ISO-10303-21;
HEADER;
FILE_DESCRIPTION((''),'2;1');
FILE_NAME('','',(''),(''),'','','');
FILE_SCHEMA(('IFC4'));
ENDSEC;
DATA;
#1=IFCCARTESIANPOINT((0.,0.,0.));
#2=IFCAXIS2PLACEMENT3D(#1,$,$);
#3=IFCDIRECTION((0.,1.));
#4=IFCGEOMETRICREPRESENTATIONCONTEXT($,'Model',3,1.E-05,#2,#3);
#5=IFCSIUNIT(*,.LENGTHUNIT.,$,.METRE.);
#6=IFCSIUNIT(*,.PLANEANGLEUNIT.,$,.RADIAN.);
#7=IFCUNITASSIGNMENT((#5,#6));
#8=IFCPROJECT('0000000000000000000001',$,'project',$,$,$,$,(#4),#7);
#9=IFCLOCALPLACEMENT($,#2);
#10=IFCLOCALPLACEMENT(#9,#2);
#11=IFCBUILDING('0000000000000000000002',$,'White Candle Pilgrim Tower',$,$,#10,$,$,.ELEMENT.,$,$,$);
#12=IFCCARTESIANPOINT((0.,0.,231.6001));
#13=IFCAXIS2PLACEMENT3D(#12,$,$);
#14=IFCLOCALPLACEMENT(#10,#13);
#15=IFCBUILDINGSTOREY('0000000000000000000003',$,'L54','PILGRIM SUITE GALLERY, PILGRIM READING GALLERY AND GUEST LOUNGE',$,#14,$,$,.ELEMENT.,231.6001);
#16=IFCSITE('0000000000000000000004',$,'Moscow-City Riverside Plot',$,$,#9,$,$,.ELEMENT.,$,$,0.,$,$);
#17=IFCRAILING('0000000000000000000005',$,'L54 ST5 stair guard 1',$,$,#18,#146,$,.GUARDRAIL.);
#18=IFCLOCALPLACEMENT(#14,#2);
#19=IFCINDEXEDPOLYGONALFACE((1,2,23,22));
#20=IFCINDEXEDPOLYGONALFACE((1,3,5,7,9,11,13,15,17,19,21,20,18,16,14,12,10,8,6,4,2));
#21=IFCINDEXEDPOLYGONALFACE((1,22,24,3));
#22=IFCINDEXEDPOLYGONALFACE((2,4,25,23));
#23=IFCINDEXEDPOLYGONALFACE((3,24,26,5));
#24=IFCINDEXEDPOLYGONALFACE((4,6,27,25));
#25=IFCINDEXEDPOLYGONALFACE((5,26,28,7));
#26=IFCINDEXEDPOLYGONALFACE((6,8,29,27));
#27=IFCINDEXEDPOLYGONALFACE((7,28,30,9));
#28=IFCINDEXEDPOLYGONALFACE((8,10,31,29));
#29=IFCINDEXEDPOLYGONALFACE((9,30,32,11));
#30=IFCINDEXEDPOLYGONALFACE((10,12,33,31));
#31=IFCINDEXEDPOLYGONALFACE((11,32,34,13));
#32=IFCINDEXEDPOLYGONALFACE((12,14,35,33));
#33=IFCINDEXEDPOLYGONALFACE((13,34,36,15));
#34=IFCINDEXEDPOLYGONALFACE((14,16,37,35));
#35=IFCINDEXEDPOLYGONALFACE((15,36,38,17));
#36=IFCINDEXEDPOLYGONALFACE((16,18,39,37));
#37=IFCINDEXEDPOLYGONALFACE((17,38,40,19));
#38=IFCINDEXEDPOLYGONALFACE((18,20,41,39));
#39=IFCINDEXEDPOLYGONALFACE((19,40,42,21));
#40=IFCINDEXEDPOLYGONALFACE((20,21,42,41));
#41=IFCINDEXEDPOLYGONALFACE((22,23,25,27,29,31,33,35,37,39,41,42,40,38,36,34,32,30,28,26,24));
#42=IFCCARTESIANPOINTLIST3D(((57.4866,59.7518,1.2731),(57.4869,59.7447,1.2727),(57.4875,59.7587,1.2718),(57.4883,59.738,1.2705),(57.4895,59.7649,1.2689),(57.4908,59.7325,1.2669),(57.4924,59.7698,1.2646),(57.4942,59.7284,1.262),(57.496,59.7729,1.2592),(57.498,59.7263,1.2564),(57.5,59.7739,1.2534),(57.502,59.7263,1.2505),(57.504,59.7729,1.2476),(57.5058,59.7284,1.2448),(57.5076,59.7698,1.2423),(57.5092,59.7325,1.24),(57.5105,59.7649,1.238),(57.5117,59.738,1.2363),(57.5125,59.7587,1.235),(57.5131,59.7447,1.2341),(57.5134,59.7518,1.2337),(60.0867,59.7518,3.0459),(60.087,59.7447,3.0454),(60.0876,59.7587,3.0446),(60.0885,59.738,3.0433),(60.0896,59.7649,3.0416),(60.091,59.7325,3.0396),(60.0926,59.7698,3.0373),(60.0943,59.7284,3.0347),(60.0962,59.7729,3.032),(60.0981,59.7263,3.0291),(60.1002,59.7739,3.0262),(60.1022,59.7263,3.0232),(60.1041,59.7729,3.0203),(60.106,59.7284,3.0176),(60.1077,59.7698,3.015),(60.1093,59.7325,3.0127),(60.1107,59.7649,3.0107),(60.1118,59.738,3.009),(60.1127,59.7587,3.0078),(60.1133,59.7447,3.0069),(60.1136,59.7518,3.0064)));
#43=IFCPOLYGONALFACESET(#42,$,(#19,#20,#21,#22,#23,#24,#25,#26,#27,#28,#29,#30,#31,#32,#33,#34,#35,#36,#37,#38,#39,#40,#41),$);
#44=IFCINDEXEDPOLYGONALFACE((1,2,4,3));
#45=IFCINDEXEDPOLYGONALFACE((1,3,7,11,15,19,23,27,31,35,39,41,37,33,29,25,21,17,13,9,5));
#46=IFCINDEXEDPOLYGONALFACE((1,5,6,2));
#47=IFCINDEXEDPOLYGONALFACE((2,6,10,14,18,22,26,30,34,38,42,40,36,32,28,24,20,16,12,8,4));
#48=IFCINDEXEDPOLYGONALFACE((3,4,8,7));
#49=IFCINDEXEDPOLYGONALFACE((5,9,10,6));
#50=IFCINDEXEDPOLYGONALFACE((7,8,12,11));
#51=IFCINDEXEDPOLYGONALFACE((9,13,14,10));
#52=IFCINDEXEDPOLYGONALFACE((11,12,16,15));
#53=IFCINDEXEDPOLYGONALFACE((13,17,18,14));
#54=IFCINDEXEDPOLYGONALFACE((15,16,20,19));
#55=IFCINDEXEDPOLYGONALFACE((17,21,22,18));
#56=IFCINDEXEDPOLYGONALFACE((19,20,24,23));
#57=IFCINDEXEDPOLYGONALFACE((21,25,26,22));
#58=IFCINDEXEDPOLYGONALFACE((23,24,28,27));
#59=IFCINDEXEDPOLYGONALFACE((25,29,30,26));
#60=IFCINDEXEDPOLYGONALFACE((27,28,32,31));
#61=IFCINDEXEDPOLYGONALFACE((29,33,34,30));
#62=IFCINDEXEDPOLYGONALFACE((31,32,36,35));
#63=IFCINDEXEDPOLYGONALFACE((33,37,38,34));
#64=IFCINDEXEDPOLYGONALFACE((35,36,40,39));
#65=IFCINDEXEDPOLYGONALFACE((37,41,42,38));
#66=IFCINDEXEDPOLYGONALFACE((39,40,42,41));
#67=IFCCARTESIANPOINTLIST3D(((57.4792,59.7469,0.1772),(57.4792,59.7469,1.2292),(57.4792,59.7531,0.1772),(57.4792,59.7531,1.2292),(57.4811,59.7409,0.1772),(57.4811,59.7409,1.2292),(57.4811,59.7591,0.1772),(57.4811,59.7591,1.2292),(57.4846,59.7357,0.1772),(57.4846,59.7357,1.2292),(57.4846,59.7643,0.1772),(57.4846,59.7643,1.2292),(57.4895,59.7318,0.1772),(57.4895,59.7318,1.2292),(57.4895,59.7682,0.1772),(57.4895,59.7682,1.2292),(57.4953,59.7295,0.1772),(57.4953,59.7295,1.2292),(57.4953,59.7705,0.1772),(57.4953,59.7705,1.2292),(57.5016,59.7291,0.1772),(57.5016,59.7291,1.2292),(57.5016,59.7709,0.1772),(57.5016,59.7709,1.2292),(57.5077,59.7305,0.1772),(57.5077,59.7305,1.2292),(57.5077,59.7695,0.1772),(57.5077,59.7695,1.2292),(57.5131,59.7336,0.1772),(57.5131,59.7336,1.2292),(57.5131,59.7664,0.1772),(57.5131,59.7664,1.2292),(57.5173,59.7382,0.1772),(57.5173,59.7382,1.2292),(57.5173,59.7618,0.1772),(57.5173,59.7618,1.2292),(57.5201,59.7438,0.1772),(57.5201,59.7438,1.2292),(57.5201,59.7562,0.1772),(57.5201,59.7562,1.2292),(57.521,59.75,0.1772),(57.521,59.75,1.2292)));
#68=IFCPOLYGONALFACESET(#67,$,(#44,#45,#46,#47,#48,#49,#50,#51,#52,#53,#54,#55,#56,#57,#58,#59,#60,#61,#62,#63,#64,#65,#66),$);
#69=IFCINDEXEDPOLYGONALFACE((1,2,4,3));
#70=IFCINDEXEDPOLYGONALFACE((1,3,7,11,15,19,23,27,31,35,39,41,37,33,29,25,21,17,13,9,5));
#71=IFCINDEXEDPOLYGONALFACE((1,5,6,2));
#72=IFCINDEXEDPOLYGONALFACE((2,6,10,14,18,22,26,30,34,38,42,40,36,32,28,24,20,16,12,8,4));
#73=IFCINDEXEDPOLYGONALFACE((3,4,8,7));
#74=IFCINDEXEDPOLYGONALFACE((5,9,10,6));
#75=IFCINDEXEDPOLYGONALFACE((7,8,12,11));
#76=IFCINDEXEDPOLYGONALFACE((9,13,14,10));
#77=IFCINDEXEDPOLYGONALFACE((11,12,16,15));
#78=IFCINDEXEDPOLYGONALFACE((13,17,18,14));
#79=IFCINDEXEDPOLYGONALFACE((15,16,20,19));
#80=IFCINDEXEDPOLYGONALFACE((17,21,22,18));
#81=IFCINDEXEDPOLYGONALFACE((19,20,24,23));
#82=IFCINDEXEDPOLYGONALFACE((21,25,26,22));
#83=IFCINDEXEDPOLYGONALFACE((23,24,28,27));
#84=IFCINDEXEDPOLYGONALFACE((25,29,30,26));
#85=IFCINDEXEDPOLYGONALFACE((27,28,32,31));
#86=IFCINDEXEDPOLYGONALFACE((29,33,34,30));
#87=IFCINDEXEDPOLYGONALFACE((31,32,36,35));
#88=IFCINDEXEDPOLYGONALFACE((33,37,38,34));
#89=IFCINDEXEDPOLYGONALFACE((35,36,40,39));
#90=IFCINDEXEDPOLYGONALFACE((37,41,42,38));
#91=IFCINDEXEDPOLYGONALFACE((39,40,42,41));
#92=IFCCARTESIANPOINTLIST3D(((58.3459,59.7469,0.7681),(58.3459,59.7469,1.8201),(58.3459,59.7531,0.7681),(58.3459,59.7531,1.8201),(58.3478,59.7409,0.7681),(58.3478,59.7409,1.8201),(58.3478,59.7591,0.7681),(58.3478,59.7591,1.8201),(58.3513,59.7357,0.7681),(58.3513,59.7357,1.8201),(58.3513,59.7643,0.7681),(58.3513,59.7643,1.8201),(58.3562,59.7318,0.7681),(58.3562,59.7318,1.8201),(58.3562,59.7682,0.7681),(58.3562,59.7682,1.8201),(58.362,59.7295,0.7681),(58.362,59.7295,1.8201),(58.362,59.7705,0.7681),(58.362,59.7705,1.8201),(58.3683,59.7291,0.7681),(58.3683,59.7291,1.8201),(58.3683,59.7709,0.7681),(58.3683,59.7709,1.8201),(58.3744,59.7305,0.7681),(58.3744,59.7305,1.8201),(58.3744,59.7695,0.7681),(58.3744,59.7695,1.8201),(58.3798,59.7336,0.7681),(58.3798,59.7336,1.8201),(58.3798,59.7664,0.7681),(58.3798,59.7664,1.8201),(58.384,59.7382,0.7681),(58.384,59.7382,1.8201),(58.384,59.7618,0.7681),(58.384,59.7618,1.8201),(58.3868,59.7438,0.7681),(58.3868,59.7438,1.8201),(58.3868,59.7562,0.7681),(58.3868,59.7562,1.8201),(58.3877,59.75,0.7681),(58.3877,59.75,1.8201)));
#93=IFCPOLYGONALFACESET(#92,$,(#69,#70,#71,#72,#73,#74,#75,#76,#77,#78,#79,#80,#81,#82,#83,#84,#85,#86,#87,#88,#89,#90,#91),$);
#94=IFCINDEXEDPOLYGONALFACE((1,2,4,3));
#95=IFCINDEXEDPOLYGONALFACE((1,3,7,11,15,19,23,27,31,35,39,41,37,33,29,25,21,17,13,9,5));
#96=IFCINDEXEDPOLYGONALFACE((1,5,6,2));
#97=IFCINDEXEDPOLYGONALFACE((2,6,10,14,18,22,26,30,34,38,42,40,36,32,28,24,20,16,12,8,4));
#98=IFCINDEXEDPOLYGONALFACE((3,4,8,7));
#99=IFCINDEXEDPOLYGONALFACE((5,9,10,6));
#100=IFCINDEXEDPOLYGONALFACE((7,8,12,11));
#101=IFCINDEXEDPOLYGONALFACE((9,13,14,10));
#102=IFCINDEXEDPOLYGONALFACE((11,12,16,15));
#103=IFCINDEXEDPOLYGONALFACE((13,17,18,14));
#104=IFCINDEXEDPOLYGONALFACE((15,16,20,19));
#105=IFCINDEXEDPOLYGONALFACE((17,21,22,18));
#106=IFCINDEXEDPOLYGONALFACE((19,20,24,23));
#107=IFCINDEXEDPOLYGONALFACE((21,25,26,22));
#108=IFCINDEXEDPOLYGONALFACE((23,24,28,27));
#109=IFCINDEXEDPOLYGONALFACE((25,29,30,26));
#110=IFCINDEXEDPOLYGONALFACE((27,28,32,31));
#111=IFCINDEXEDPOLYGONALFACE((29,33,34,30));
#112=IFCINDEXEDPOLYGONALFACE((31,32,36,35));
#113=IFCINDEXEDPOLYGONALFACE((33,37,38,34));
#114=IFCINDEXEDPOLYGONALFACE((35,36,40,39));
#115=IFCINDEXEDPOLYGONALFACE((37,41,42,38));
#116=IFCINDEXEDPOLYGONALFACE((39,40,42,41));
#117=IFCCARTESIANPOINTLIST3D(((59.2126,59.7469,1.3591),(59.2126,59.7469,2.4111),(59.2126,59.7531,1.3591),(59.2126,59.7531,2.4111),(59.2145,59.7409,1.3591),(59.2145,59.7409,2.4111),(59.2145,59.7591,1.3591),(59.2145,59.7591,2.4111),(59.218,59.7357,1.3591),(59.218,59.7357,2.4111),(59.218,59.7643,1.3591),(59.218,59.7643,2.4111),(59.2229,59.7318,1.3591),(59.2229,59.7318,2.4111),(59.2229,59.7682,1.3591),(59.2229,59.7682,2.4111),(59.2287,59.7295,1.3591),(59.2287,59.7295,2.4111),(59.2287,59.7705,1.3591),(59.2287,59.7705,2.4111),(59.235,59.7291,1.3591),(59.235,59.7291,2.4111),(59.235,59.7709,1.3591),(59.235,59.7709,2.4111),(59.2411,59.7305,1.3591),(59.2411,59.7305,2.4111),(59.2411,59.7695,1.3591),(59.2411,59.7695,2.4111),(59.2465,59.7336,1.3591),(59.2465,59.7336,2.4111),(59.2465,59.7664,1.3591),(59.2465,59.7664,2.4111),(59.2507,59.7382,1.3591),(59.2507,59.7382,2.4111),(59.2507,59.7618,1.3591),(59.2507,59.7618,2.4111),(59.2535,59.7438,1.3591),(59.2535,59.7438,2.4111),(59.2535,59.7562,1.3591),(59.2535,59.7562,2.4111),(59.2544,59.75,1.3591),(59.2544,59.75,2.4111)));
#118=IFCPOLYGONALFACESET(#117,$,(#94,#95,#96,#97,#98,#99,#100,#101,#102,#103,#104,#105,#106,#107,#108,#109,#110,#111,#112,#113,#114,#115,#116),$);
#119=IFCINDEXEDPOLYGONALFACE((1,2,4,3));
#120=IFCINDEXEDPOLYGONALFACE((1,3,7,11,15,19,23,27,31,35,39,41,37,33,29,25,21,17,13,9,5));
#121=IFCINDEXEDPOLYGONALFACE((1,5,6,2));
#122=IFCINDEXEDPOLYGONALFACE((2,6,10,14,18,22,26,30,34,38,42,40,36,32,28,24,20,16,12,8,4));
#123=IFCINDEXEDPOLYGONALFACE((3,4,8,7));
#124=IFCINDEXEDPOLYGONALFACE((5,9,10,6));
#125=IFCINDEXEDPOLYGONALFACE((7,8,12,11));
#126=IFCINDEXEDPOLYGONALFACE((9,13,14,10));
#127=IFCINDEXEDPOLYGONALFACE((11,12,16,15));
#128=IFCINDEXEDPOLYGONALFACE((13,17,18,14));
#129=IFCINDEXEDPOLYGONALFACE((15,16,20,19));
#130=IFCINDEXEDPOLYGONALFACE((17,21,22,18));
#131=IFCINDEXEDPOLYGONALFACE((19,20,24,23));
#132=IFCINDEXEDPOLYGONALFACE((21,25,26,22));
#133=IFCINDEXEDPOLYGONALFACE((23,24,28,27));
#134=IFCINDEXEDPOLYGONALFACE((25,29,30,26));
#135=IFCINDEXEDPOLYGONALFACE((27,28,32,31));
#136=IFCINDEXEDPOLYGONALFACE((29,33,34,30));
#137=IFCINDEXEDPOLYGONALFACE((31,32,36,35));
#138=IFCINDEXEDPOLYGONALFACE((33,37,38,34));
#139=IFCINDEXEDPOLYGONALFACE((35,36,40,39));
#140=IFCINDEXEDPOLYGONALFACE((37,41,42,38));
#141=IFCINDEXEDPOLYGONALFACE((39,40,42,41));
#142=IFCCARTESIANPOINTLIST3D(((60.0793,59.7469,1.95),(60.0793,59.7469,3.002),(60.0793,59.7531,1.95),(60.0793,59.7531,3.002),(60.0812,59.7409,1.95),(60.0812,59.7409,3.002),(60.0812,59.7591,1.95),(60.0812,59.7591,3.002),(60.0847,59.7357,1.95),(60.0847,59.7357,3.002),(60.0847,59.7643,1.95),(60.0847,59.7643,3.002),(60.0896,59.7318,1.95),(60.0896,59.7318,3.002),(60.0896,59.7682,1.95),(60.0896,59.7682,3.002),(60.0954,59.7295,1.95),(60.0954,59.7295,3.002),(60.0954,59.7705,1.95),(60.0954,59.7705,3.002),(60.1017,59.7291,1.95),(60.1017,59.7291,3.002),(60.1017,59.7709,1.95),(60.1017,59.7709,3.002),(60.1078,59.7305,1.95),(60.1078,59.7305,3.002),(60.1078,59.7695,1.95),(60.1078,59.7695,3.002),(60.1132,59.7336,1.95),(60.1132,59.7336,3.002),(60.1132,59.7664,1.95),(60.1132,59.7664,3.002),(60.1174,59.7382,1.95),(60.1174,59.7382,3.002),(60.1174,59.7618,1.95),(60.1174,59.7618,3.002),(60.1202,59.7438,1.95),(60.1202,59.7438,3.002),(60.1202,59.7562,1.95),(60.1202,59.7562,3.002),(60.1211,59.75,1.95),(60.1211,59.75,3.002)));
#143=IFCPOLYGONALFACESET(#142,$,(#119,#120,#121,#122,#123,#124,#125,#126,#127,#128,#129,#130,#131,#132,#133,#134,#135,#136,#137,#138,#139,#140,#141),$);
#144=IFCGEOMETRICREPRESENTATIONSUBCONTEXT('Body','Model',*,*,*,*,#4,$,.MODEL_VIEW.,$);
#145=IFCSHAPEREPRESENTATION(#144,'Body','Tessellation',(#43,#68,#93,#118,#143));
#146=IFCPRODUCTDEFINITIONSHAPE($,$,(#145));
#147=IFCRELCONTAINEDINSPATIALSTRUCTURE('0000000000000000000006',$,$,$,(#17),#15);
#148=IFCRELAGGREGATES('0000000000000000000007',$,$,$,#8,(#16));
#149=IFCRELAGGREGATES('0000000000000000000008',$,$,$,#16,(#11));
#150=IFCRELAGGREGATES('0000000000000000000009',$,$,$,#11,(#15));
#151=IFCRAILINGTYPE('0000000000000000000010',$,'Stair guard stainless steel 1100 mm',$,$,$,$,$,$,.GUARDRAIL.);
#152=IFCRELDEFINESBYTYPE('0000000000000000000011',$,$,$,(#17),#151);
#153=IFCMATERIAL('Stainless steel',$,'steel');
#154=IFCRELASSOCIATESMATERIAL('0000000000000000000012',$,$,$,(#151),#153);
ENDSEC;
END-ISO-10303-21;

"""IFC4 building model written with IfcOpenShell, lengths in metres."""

from ifc_helpers import new_model, si_unit, direction, frame, origin, origin_2d, place, context, subcontext, project, spatial, circle, extrude, material, type_object, element, save


model = new_model("IFC4")

# Units and contexts
model_context = context("Model", 3, precision=1e-05, world=origin(), true_north=direction((0.0, 1.0)))
body_context = subcontext(model_context, "Body", "Model", "MODEL_VIEW")
ifc_project = project(units=[si_unit("LENGTHUNIT", "METRE"), si_unit("PLANEANGLEUNIT", "RADIAN")], contexts=[model_context])

# Site, building, storey
site_placement = place(None, origin())
site = spatial("IfcSite", under=ifc_project, at=site_placement, Name="Moscow-City Riverside Plot", CompositionType="ELEMENT", RefElevation=0.0)
building_placement = place(site_placement, origin())
building = spatial("IfcBuilding", under=site, at=building_placement, Name="White Candle Pilgrim Tower", CompositionType="ELEMENT")
storey_placement = place(building_placement, frame((0.0, 0.0, 231.6001)))
storey = spatial("IfcBuildingStorey", under=building, at=storey_placement, Name="L54", Description="PILGRIM SUITE GALLERY, PILGRIM READING GALLERY AND GUEST LOUNGE", CompositionType="ELEMENT", Elevation=231.6001)

# Railing
ifc_material_1 = material(Name="Stainless steel", Category="steel")
railing_type_1 = type_object("IfcRailingType", Name="Stair guard stainless steel 1100 mm", PredefinedType="GUARDRAIL", material=ifc_material_1)
railing_1_placement = place(storey_placement, frame((57.5, 59.75, 0.1772)))
element("IfcRailing", 1, at=railing_1_placement, inside=storey, type_object=railing_type_1, Name="L54 ST5 stair guard 1", PredefinedType="GUARDRAIL", context=body_context, shape_type="SweptSolid", body=[
    extrude(circle(Radius=0.0239, at=origin_2d()), frame((0.0, 0.0, 1.0762), z_axis=(0.82624, 0.0, 0.563318), x_axis=(0.0, 1.0, 0.0)), (0.0, 0.0, 1.0), 3.147),
    extrude(circle(Radius=0.021, at=origin_2d()), origin(), (0.0, 0.0, 1.0), 1.052),
    extrude(circle(Radius=0.021, at=origin_2d()), frame((0.8667, 0.0, 0.5908)), (0.0, 0.0, 1.0), 1.052),
    extrude(circle(Radius=0.021, at=origin_2d()), frame((1.7334, 0.0, 1.1819)), (0.0, 0.0, 1.0), 1.052),
    extrude(circle(Radius=0.021, at=origin_2d()), frame((2.6001, 0.0, 1.7727)), (0.0, 0.0, 1.0), 1.052),
])

save(model, "model.ifc")
